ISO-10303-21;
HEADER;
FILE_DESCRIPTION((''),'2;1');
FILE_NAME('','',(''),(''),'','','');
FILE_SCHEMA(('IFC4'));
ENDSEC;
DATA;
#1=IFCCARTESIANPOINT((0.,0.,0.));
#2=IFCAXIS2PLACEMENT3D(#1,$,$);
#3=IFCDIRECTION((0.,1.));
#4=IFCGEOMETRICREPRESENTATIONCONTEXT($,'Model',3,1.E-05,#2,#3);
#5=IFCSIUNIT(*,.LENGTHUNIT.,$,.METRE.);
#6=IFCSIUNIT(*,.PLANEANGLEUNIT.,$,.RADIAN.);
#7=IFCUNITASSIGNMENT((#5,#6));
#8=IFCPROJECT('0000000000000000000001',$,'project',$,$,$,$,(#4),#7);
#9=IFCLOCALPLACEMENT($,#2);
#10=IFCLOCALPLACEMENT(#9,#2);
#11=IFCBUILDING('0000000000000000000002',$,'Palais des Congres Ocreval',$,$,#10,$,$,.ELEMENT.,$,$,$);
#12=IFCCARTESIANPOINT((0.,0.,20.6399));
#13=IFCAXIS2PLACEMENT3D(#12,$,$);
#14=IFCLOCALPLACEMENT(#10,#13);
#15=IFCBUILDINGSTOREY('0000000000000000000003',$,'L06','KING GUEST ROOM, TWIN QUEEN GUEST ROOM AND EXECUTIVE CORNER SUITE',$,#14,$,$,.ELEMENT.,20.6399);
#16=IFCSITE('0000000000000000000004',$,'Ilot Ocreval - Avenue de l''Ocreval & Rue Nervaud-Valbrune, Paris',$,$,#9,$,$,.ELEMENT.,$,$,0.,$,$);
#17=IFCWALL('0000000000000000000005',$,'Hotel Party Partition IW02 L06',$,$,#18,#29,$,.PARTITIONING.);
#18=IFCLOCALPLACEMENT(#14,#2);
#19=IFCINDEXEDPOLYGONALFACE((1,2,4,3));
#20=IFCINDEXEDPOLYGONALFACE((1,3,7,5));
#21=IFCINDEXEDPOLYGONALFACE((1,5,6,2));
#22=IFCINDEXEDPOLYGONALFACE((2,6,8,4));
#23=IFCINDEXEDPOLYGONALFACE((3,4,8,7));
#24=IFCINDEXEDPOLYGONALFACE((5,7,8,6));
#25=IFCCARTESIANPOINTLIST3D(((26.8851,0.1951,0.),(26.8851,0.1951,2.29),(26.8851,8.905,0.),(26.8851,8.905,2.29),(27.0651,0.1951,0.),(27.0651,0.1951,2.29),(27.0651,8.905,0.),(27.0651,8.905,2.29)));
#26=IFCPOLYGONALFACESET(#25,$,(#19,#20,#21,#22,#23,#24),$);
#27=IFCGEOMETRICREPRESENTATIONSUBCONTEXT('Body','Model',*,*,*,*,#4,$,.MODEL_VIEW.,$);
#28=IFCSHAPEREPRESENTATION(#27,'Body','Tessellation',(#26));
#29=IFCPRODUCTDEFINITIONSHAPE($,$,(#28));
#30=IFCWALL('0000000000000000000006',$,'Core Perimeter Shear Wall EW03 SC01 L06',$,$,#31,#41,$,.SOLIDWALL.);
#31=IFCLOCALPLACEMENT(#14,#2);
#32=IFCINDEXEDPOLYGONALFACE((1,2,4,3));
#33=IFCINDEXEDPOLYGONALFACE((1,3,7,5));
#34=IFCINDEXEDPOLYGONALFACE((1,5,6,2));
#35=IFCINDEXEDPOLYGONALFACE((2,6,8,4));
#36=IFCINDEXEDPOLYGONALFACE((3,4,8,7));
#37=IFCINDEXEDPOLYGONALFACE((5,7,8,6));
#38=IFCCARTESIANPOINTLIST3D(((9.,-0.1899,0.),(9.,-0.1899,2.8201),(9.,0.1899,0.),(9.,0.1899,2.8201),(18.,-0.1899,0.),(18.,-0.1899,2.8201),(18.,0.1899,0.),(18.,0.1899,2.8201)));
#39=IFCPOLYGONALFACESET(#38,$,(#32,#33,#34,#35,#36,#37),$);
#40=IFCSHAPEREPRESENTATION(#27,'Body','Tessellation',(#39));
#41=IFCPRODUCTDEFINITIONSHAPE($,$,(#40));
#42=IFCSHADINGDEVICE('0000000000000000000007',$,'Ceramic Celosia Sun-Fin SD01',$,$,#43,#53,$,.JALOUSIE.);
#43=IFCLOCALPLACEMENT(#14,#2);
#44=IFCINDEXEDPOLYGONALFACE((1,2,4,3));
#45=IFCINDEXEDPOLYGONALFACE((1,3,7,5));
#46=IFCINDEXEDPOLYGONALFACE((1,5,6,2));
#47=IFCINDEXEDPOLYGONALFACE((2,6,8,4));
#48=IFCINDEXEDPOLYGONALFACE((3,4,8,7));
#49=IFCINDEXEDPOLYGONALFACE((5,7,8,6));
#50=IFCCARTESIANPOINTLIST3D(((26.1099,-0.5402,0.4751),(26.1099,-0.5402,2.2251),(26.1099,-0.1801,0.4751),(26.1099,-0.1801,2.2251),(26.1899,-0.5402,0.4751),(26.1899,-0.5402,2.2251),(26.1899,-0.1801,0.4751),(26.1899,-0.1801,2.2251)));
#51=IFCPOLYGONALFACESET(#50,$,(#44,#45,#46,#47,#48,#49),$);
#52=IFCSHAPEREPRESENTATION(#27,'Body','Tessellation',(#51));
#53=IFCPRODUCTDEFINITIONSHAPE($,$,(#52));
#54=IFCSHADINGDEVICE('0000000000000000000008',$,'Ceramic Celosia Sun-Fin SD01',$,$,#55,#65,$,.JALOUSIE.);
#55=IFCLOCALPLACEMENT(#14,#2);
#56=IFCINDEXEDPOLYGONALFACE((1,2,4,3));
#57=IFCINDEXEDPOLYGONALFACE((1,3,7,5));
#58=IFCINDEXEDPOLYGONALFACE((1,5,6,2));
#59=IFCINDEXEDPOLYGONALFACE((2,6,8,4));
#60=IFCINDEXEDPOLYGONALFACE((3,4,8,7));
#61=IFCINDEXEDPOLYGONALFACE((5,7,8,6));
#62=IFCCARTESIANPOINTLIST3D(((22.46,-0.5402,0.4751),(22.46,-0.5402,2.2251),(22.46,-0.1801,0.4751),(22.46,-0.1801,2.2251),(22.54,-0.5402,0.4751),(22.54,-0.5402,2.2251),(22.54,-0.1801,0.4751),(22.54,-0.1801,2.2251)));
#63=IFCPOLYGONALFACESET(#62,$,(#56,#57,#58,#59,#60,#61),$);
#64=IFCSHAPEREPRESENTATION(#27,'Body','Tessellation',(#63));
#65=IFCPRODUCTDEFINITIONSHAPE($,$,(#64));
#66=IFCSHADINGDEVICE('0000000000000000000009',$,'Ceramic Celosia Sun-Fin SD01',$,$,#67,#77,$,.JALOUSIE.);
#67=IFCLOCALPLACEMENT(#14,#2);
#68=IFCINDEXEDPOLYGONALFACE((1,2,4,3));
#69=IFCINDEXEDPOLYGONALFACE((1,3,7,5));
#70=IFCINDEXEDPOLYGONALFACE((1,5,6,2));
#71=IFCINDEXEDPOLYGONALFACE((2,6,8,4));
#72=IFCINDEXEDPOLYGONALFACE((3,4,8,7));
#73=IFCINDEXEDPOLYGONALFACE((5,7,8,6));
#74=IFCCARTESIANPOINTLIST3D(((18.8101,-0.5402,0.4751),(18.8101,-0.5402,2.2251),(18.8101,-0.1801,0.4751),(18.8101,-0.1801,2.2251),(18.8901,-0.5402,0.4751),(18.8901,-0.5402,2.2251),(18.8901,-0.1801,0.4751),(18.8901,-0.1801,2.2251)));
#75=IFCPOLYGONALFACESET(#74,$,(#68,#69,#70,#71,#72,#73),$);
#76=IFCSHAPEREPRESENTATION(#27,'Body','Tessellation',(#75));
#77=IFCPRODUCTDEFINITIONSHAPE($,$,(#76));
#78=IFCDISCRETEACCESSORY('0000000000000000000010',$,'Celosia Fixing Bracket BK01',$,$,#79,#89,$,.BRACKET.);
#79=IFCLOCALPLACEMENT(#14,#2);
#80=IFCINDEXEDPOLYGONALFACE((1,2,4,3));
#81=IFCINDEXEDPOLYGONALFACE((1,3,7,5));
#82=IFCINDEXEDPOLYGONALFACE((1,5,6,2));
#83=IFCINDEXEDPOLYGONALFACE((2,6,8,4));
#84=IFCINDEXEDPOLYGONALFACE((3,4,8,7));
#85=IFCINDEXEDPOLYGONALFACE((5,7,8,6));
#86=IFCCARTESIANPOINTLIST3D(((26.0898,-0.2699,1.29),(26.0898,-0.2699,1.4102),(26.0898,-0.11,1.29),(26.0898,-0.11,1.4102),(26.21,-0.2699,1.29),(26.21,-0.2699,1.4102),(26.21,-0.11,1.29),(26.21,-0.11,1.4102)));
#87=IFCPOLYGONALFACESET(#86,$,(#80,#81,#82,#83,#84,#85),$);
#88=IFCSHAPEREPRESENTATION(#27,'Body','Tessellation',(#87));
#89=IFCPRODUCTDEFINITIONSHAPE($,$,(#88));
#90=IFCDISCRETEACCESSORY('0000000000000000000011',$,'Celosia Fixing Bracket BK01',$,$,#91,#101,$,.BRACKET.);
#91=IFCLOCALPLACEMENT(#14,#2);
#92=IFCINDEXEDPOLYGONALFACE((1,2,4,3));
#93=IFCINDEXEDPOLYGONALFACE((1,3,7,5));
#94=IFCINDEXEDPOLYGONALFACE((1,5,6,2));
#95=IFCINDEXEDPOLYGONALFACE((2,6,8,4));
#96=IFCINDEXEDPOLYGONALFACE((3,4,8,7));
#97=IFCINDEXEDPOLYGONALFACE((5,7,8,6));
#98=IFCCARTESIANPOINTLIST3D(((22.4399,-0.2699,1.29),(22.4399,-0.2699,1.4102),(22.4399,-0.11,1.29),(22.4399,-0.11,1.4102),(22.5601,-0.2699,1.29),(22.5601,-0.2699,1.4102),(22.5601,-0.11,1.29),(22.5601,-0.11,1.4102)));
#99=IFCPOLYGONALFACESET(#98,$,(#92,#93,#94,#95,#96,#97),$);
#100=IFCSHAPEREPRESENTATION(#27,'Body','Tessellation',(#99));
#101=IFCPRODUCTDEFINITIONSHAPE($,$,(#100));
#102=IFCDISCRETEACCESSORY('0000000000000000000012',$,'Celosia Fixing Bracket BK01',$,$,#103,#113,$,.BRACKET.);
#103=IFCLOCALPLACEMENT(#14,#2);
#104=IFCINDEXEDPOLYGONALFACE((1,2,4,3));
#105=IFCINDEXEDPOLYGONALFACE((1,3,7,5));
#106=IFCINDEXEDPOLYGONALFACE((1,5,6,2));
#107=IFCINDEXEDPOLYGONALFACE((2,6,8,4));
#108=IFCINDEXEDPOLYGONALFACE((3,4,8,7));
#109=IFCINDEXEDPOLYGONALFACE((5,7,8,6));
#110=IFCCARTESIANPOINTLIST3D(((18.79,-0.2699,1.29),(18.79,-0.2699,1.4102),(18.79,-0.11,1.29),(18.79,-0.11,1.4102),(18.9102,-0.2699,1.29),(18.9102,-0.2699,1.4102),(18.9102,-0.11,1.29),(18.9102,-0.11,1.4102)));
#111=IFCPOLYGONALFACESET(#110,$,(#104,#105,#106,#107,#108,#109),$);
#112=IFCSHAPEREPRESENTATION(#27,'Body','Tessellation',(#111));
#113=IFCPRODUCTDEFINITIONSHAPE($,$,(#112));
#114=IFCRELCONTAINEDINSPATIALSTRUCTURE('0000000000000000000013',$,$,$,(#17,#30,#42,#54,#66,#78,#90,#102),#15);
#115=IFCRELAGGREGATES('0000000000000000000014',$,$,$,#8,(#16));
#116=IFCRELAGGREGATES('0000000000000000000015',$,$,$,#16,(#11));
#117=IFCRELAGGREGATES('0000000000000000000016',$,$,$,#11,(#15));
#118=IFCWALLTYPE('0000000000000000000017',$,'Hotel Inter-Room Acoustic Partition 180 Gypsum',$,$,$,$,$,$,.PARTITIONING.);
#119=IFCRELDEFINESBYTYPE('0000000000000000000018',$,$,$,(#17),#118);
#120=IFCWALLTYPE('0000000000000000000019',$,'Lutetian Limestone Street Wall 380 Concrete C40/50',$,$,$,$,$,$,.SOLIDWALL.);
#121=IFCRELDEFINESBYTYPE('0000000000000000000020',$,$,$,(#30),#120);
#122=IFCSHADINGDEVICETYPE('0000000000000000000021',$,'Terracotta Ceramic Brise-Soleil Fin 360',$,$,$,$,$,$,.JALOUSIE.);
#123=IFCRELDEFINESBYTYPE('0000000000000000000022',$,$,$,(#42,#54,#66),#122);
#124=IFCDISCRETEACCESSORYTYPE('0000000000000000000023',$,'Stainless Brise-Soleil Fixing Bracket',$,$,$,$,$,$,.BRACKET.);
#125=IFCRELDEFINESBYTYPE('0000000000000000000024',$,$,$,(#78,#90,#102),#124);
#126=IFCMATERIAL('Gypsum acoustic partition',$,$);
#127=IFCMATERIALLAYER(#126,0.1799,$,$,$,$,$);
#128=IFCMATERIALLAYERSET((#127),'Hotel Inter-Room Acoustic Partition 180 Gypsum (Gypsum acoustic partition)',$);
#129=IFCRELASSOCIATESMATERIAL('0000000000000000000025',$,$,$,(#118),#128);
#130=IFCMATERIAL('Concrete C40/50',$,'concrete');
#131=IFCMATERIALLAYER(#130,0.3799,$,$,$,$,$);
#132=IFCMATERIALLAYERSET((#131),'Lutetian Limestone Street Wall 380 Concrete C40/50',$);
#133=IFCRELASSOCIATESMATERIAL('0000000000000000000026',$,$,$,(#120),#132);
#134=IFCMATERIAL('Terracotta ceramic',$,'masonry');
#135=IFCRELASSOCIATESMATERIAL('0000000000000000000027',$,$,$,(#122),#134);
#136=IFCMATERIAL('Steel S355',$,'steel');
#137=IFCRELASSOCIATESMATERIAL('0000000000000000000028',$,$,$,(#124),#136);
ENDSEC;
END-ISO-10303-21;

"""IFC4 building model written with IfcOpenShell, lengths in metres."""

from ifc_helpers import new_model, si_unit, direction, frame, frame_2d, origin, origin_2d, place, context, subcontext, project, spatial, rectangle, extrude, material, layer, layer_set, type_object, element, save


model = new_model("IFC4")

# Units and contexts
model_context = context("Model", 3, precision=1e-05, world=origin(), true_north=direction((0.0, 1.0)))
body_context = subcontext(model_context, "Body", "Model", "MODEL_VIEW")
ifc_project = project(units=[si_unit("LENGTHUNIT", "METRE"), si_unit("PLANEANGLEUNIT", "RADIAN")], contexts=[model_context])

# Site, building, storey
site_placement = place(None, origin())
site = spatial("IfcSite", under=ifc_project, at=site_placement, Name="Ilot Ocreval - Avenue de l'Ocreval & Rue Nervaud-Valbrune, Paris", CompositionType="ELEMENT", RefElevation=0.0)
building_placement = place(site_placement, origin())
building = spatial("IfcBuilding", under=site, at=building_placement, Name="Palais des Congres Ocreval", CompositionType="ELEMENT")
storey_placement = place(building_placement, frame((0.0, 0.0, 20.6399)))
storey = spatial("IfcBuildingStorey", under=building, at=storey_placement, Name="L06", Description="KING GUEST ROOM, TWIN QUEEN GUEST ROOM AND EXECUTIVE CORNER SUITE", CompositionType="ELEMENT", Elevation=20.6399)

# Shared definitions
ifc_material_1 = material(Name="Concrete C40/50", Category="concrete")

# Shared definitions
ifc_material_2 = material(Name="Steel S355", Category="steel")

# Walls
ifc_material_3 = material(Name="Gypsum acoustic partition")
ifc_layer_1 = layer(ifc_material_3, 0.1799)
ifc_layer_set_1 = layer_set([ifc_layer_1], Name="Hotel Inter-Room Acoustic Partition 180 Gypsum (Gypsum acoustic partition)")
wall_type_1 = type_object("IfcWallType", Name="Hotel Inter-Room Acoustic Partition 180 Gypsum", PredefinedType="PARTITIONING", material=ifc_layer_set_1)
wall_1_placement = place(storey_placement, frame((26.9751, 0.1951, 0.0), z_axis=(0.0, 0.0, 1.0), x_axis=(0.0, 1.0, 0.0)))
element("IfcWall", 1, at=wall_1_placement, inside=storey, type_object=wall_type_1, Name="Hotel Party Partition IW02 L06", PredefinedType="PARTITIONING", context=body_context, shape_type="SweptSolid", body=[
    extrude(rectangle(XDim=8.71, YDim=0.1799, at=frame_2d((4.355, 0.0))), origin(), (0.0, 0.0, 1.0), 2.29),
])
ifc_layer_2 = layer(ifc_material_1, 0.3799)
ifc_layer_set_2 = layer_set([ifc_layer_2], Name="Lutetian Limestone Street Wall 380 Concrete C40/50")
wall_type_2 = type_object("IfcWallType", Name="Lutetian Limestone Street Wall 380 Concrete C40/50", PredefinedType="SOLIDWALL", material=ifc_layer_set_2)
wall_2_placement = place(storey_placement, frame((18.0, 0.0, 0.0), z_axis=(0.0, 0.0, 1.0), x_axis=(-1.0, 0.0, 0.0)))
element("IfcWall", 2, at=wall_2_placement, inside=storey, type_object=wall_type_2, Name="Core Perimeter Shear Wall EW03 SC01 L06", PredefinedType="SOLIDWALL", context=body_context, shape_type="SweptSolid", body=[
    extrude(rectangle(XDim=9.0, YDim=0.3799, at=frame_2d((4.5, 0.0))), origin(), (0.0, 0.0, 1.0), 2.8201),
])

# Shading devices
ifc_material_4 = material(Name="Terracotta ceramic", Category="masonry")
shading_device_type = type_object("IfcShadingDeviceType", Name="Terracotta Ceramic Brise-Soleil Fin 360", PredefinedType="JALOUSIE", material=ifc_material_4)
for number, where, z_axis, x_axis, name in (
    (3, (26.1499, -0.3601, 0.4751), (0.0, 0.0, 1.0), (0.0, -1.0, 0.0), "Ceramic Celosia Sun-Fin SD01"),
    (4, (22.5, -0.3601, 0.4751), (0.0, 0.0, 1.0), (0.0, -1.0, 0.0), "Ceramic Celosia Sun-Fin SD01"),
    (5, (18.8501, -0.3601, 0.4751), (0.0, 0.0, 1.0), (0.0, -1.0, 0.0), "Ceramic Celosia Sun-Fin SD01"),
):
    element("IfcShadingDevice", number, at=place(storey_placement, frame(where, z_axis=z_axis, x_axis=x_axis)), inside=storey, type_object=shading_device_type, Name=name, PredefinedType="JALOUSIE", context=body_context, shape_type="SweptSolid", body=[
        extrude(rectangle(XDim=0.3601, YDim=0.0801, at=origin_2d()), origin(), (0.0, 0.0, 1.0), 1.75),
    ])

# Discrete accessories
discrete_accessory_type = type_object("IfcDiscreteAccessoryType", Name="Stainless Brise-Soleil Fixing Bracket", PredefinedType="BRACKET", material=ifc_material_2)
for number, where, z_axis, x_axis, name in (
    (6, (26.1499, -0.1899, 1.29), (0.0, 0.0, 1.0), (0.0, -1.0, 0.0), "Celosia Fixing Bracket BK01"),
    (7, (22.5, -0.1899, 1.29), (0.0, 0.0, 1.0), (0.0, -1.0, 0.0), "Celosia Fixing Bracket BK01"),
    (8, (18.8501, -0.1899, 1.29), (0.0, 0.0, 1.0), (0.0, -1.0, 0.0), "Celosia Fixing Bracket BK01"),
):
    element("IfcDiscreteAccessory", number, at=place(storey_placement, frame(where, z_axis=z_axis, x_axis=x_axis)), inside=storey, type_object=discrete_accessory_type, Name=name, PredefinedType="BRACKET", context=body_context, shape_type="SweptSolid", body=[
        extrude(rectangle(XDim=0.1599, YDim=0.1201, at=origin_2d()), origin(), (0.0, 0.0, 1.0), 0.1201),
    ])

save(model, "model.ifc")
